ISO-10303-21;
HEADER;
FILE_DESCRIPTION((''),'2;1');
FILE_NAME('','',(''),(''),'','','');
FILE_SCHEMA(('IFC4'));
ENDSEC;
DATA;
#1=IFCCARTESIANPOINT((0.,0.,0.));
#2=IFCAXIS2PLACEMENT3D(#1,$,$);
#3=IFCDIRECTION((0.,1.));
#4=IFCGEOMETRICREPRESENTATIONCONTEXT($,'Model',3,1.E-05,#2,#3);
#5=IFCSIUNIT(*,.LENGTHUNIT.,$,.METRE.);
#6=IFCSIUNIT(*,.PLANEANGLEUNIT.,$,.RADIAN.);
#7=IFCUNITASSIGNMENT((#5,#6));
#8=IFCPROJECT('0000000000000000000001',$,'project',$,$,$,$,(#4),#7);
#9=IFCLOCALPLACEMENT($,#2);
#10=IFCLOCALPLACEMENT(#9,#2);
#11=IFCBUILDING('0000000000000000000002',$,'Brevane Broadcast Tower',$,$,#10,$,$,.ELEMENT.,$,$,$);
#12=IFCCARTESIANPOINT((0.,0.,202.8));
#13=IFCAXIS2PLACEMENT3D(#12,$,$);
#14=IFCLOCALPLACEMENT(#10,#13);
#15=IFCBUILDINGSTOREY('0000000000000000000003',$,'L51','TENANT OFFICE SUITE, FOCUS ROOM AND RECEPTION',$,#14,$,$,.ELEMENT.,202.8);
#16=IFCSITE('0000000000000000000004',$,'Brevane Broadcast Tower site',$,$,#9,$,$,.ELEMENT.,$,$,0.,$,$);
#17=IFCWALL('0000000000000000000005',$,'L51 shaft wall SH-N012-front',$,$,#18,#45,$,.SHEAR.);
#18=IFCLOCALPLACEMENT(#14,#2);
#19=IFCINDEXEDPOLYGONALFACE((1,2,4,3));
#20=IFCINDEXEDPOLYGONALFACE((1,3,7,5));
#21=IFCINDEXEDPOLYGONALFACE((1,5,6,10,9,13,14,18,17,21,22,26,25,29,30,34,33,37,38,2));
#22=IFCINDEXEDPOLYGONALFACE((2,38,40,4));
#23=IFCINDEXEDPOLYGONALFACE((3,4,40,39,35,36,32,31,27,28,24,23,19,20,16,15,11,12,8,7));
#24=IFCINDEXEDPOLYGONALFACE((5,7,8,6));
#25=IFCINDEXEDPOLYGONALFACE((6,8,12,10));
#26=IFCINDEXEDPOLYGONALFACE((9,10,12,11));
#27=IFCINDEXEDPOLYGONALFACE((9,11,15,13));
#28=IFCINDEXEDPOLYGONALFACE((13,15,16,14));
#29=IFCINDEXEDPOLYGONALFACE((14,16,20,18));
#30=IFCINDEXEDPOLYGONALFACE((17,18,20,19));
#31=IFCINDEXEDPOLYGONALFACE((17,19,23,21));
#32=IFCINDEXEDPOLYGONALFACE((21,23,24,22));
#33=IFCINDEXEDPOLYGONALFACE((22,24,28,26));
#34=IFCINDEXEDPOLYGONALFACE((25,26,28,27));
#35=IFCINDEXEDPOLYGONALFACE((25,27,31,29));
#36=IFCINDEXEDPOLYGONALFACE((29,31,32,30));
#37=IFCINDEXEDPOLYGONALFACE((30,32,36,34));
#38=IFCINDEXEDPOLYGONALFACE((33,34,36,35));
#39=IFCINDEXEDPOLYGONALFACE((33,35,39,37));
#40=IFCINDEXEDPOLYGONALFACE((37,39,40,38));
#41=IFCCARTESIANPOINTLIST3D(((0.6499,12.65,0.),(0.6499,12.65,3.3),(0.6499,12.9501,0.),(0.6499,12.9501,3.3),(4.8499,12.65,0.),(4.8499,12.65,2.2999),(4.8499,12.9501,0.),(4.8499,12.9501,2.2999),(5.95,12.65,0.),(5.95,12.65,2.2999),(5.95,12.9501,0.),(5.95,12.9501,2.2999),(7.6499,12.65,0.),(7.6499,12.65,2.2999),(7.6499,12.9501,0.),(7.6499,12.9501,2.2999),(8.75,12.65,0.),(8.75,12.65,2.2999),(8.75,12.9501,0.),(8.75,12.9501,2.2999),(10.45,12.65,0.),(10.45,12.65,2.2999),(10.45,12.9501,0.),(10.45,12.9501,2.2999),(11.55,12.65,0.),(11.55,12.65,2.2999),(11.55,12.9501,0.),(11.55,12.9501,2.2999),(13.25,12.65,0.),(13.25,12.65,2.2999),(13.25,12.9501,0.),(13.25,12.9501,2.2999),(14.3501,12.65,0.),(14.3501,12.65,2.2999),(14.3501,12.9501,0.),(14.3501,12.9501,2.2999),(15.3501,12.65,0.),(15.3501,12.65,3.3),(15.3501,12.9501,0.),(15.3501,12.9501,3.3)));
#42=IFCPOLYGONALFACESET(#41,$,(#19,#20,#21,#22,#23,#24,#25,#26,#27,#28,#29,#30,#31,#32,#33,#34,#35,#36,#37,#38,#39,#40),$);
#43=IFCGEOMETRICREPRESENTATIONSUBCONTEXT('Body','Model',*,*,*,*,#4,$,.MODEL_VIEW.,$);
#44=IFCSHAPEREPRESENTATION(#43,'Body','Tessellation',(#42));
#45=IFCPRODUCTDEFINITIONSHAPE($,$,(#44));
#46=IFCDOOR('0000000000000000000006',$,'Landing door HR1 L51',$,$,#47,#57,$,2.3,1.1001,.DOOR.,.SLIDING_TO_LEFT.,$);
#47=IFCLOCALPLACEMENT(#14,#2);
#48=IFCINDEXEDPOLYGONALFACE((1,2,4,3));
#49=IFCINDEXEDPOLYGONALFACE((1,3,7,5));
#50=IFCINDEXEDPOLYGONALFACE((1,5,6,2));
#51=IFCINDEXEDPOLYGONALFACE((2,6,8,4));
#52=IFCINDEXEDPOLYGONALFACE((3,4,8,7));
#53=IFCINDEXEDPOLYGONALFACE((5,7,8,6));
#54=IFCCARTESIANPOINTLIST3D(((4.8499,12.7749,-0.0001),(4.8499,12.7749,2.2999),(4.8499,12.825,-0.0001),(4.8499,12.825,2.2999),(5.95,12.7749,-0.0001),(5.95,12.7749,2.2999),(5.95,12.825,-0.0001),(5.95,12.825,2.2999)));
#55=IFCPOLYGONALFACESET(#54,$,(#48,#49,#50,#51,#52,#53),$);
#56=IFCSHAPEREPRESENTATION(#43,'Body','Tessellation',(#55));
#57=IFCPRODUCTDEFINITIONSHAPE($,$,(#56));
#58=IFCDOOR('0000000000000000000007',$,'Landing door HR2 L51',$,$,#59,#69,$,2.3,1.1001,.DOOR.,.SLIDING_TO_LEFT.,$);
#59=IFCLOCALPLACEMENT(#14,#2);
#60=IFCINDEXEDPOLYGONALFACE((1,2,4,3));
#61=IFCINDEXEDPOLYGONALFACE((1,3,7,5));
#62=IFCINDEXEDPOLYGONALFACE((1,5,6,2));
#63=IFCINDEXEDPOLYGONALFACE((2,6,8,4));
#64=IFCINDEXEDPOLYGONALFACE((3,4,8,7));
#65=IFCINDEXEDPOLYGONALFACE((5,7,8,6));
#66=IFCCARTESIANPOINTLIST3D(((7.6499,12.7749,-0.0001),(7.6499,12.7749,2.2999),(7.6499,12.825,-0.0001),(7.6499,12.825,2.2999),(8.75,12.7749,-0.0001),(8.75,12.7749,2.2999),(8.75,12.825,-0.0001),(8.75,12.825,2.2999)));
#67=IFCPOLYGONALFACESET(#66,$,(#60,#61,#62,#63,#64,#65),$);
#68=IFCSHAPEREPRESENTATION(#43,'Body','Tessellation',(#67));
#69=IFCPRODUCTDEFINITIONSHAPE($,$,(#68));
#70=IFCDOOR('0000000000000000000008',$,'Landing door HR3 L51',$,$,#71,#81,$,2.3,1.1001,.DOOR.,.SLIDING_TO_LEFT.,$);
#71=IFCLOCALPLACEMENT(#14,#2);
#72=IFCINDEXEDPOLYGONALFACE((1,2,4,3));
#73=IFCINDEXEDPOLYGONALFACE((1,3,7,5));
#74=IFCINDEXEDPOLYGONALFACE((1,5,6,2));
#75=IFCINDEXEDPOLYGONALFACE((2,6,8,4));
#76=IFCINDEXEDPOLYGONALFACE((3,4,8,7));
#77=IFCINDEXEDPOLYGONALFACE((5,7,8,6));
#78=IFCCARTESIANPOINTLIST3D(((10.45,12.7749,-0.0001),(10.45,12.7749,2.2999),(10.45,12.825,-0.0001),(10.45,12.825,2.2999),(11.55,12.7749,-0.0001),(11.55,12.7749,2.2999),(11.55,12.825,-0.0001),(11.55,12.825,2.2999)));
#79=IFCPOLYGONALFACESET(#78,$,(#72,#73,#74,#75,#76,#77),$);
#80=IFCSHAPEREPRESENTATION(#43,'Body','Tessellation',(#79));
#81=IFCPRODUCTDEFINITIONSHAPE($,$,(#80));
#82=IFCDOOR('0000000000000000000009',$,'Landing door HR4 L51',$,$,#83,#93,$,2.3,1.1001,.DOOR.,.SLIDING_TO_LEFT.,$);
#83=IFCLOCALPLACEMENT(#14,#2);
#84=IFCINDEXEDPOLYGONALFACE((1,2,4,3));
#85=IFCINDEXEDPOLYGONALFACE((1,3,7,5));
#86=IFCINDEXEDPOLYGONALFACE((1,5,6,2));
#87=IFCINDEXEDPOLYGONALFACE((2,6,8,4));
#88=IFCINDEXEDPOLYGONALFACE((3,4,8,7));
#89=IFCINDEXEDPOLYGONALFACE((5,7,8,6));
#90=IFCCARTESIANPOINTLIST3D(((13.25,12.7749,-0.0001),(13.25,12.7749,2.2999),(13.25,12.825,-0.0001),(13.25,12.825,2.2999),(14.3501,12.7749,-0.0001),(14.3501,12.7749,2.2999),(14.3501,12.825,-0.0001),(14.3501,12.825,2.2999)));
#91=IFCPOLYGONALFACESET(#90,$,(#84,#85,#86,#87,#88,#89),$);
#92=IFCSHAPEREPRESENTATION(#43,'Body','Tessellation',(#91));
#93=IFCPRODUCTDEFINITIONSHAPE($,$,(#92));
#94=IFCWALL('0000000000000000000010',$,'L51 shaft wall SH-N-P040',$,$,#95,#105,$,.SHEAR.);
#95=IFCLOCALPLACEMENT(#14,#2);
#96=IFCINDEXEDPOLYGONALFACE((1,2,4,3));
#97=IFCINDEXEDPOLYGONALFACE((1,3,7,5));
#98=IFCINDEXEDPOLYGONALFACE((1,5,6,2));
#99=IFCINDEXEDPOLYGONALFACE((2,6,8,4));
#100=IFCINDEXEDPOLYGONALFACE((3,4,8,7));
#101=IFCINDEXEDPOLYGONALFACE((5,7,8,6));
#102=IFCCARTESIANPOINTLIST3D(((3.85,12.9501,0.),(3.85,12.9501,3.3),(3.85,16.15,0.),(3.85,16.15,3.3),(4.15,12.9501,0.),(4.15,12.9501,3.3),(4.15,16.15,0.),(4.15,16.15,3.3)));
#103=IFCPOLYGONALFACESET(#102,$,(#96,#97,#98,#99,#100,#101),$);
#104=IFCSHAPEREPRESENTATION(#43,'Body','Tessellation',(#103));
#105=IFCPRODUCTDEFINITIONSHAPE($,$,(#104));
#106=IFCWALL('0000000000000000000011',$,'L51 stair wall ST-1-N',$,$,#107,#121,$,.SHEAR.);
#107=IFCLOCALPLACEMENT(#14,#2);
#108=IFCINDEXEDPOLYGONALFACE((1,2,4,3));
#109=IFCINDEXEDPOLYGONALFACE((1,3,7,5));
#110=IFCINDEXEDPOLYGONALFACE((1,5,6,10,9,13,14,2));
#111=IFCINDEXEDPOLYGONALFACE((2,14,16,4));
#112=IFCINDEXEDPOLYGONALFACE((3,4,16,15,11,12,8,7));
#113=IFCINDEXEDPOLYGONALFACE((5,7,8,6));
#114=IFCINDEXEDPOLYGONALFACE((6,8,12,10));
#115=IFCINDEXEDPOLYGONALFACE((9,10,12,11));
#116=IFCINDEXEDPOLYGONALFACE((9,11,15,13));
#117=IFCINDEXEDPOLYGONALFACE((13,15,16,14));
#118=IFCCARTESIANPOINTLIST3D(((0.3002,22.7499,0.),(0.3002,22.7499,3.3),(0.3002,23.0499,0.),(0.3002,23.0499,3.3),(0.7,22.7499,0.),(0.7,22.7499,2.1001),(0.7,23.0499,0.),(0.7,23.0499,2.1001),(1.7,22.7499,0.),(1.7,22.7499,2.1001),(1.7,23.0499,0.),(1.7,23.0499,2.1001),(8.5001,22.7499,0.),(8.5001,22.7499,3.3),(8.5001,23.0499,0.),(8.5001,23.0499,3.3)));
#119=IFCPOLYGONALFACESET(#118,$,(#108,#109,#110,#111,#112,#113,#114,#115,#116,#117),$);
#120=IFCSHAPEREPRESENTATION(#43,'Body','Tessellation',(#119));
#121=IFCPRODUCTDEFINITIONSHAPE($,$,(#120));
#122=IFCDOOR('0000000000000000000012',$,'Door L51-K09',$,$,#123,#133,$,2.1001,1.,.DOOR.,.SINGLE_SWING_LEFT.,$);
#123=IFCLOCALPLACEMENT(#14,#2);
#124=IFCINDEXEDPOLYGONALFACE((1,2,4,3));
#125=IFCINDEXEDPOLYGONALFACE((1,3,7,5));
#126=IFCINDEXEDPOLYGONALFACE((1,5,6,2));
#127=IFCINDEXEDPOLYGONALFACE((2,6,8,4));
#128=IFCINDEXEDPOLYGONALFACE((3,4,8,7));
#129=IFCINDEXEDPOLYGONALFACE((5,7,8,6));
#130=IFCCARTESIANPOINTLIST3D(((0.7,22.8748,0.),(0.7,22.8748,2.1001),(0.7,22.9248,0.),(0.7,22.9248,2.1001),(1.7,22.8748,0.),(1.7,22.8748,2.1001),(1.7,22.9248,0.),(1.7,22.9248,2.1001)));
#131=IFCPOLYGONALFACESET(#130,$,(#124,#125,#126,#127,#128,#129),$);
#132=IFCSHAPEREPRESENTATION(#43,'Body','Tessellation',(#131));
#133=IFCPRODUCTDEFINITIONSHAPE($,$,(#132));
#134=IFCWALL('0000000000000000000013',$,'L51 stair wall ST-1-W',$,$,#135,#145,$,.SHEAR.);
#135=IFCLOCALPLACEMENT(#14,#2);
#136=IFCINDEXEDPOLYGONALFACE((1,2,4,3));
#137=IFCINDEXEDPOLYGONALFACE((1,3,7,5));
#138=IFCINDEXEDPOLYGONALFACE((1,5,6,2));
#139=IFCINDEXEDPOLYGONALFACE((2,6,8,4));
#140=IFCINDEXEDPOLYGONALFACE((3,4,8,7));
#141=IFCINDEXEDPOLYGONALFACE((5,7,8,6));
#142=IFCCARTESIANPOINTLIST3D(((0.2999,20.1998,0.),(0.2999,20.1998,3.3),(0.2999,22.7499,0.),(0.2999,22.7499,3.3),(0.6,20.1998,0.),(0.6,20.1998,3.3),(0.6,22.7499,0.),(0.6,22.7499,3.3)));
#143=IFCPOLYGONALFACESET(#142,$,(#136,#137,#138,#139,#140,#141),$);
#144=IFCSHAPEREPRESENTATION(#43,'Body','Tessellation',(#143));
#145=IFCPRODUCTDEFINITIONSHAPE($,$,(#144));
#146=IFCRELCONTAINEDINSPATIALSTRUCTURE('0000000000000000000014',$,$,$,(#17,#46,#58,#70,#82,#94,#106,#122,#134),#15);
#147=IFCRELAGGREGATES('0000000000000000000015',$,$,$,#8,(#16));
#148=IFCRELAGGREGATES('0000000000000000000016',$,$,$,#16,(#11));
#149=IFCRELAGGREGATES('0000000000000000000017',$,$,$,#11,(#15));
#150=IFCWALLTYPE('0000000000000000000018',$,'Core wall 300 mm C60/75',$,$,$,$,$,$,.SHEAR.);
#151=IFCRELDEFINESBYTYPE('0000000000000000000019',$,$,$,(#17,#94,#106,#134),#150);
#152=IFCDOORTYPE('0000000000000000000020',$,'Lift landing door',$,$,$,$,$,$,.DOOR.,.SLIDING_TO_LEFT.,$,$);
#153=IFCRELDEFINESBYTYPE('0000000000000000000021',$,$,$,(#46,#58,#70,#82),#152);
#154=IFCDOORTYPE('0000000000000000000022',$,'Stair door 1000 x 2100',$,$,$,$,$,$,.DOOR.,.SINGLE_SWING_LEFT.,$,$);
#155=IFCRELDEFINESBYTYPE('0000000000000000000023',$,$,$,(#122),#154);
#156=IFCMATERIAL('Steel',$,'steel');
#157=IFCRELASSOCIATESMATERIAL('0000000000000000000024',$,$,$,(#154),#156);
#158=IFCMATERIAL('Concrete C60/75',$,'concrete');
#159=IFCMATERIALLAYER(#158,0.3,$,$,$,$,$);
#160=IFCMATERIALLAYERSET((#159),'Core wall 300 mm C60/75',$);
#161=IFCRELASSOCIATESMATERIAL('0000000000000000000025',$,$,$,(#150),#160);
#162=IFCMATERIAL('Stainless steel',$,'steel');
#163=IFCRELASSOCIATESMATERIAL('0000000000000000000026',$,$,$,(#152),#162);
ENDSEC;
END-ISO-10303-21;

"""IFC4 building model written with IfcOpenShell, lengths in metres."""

from ifc_helpers import new_model, si_unit, direction, frame, frame_2d, origin, place, context, subcontext, project, spatial, rectangle, extrude, material, layer, layer_set, type_object, element, fill, save


model = new_model("IFC4")

# Units and contexts
model_context = context("Model", 3, precision=1e-05, world=origin(), true_north=direction((0.0, 1.0)))
body_context = subcontext(model_context, "Body", "Model", "MODEL_VIEW")
ifc_project = project(units=[si_unit("LENGTHUNIT", "METRE"), si_unit("PLANEANGLEUNIT", "RADIAN")], contexts=[model_context])

# Site, building, storey
site_placement = place(None, origin())
site = spatial("IfcSite", under=ifc_project, at=site_placement, Name="Brevane Broadcast Tower site", CompositionType="ELEMENT", RefElevation=0.0)
building_placement = place(site_placement, origin())
building = spatial("IfcBuilding", under=site, at=building_placement, Name="Brevane Broadcast Tower", CompositionType="ELEMENT")
storey_placement = place(building_placement, frame((0.0, 0.0, 202.8)))
storey = spatial("IfcBuildingStorey", under=building, at=storey_placement, Name="L51", Description="TENANT OFFICE SUITE, FOCUS ROOM AND RECEPTION", CompositionType="ELEMENT", Elevation=202.8)

# Shared definitions
ifc_material_1 = material(Name="Concrete C60/75", Category="concrete")

# Shared definitions
ifc_material_2 = material(Name="Steel", Category="steel")
door_type_1 = type_object("IfcDoorType", Name="Stair door 1000 x 2100", OperationType="SINGLE_SWING_LEFT", PredefinedType="DOOR", material=ifc_material_2)

# Wall, openings, doors
ifc_layer_1 = layer(ifc_material_1, 0.3)
ifc_layer_set_1 = layer_set([ifc_layer_1], Name="Core wall 300 mm C60/75")
wall_type_1 = type_object("IfcWallType", Name="Core wall 300 mm C60/75", PredefinedType="SHEAR", material=ifc_layer_set_1)
wall_1_placement = place(storey_placement, frame((0.6499, 12.8, 0.0), z_axis=(0.0, 0.0, 1.0), x_axis=(1.0, 0.0, 0.0)))
wall_1 = element("IfcWall", 1, at=wall_1_placement, inside=storey, type_object=wall_type_1, Name="L51 shaft wall SH-N012-front", PredefinedType="SHEAR", context=body_context, shape_type="SweptSolid", body=[
    extrude(rectangle(XDim=14.7002, YDim=0.3, at=frame_2d((7.3501, 0.0))), origin(), (0.0, 0.0, 1.0), 3.3),
])
opening_1_placement = place(wall_1_placement, frame((4.2, 0.0, 0.0)))
opening_1 = element("IfcOpeningElement", 2, at=opening_1_placement, cuts=wall_1, PredefinedType="OPENING", context=body_context, shape_type="SweptSolid", body=[
    extrude(rectangle(XDim=1.1001, YDim=2.3, at=frame_2d((0.55, 1.1499))), frame((0.0, 0.1599, 0.0), z_axis=(0.0, -1.0, 0.0), x_axis=(1.0, 0.0, 0.0)), (0.0, 0.0, 1.0), 0.3201),
])
opening_2_placement = place(wall_1_placement, frame((7.0, 0.0, 0.0)))
opening_2 = element("IfcOpeningElement", 3, at=opening_2_placement, cuts=wall_1, PredefinedType="OPENING", context=body_context, shape_type="SweptSolid", body=[
    extrude(rectangle(XDim=1.1001, YDim=2.3, at=frame_2d((0.55, 1.1499))), frame((0.0, 0.1599, 0.0), z_axis=(0.0, -1.0, 0.0), x_axis=(1.0, 0.0, 0.0)), (0.0, 0.0, 1.0), 0.3201),
])
opening_3_placement = place(wall_1_placement, frame((9.8, 0.0, 0.0)))
opening_3 = element("IfcOpeningElement", 4, at=opening_3_placement, cuts=wall_1, PredefinedType="OPENING", context=body_context, shape_type="SweptSolid", body=[
    extrude(rectangle(XDim=1.1001, YDim=2.3, at=frame_2d((0.55, 1.1499))), frame((0.0, 0.1599, 0.0), z_axis=(0.0, -1.0, 0.0), x_axis=(1.0, 0.0, 0.0)), (0.0, 0.0, 1.0), 0.3201),
])
opening_4_placement = place(wall_1_placement, frame((12.6001, 0.0, 0.0)))
opening_4 = element("IfcOpeningElement", 5, at=opening_4_placement, cuts=wall_1, PredefinedType="OPENING", context=body_context, shape_type="SweptSolid", body=[
    extrude(rectangle(XDim=1.1001, YDim=2.3, at=frame_2d((0.55, 1.1499))), frame((0.0, 0.1599, 0.0), z_axis=(0.0, -1.0, 0.0), x_axis=(1.0, 0.0, 0.0)), (0.0, 0.0, 1.0), 0.3201),
])
ifc_material_3 = material(Name="Stainless steel", Category="steel")
door_type_2 = type_object("IfcDoorType", Name="Lift landing door", OperationType="SLIDING_TO_LEFT", PredefinedType="DOOR", material=ifc_material_3)
door_1_placement = place(opening_1_placement, origin())
door_1 = element("IfcDoor", 6, at=door_1_placement, inside=storey, type_object=door_type_2, Name="Landing door HR1 L51", OperationType="SLIDING_TO_LEFT", OverallHeight=2.3, OverallWidth=1.1001, PredefinedType="DOOR", context=body_context, shape_type="SweptSolid", body=[
    extrude(rectangle(XDim=1.1001, YDim=2.3, at=frame_2d((0.55, 1.1499))), frame((0.0, 0.0249, 0.0), z_axis=(0.0, -1.0, 0.0), x_axis=(1.0, 0.0, 0.0)), (0.0, 0.0, 1.0), 0.05),
])
fill(opening_1, door_1)
door_2_placement = place(opening_2_placement, origin())
door_2 = element("IfcDoor", 7, at=door_2_placement, inside=storey, type_object=door_type_2, Name="Landing door HR2 L51", OperationType="SLIDING_TO_LEFT", OverallHeight=2.3, OverallWidth=1.1001, PredefinedType="DOOR", context=body_context, shape_type="SweptSolid", body=[
    extrude(rectangle(XDim=1.1001, YDim=2.3, at=frame_2d((0.55, 1.1499))), frame((0.0, 0.0249, 0.0), z_axis=(0.0, -1.0, 0.0), x_axis=(1.0, 0.0, 0.0)), (0.0, 0.0, 1.0), 0.05),
])
fill(opening_2, door_2)
door_3_placement = place(opening_3_placement, origin())
door_3 = element("IfcDoor", 8, at=door_3_placement, inside=storey, type_object=door_type_2, Name="Landing door HR3 L51", OperationType="SLIDING_TO_LEFT", OverallHeight=2.3, OverallWidth=1.1001, PredefinedType="DOOR", context=body_context, shape_type="SweptSolid", body=[
    extrude(rectangle(XDim=1.1001, YDim=2.3, at=frame_2d((0.55, 1.1499))), frame((0.0, 0.0249, 0.0), z_axis=(0.0, -1.0, 0.0), x_axis=(1.0, 0.0, 0.0)), (0.0, 0.0, 1.0), 0.05),
])
fill(opening_3, door_3)
door_4_placement = place(opening_4_placement, origin())
door_4 = element("IfcDoor", 9, at=door_4_placement, inside=storey, type_object=door_type_2, Name="Landing door HR4 L51", OperationType="SLIDING_TO_LEFT", OverallHeight=2.3, OverallWidth=1.1001, PredefinedType="DOOR", context=body_context, shape_type="SweptSolid", body=[
    extrude(rectangle(XDim=1.1001, YDim=2.3, at=frame_2d((0.55, 1.1499))), frame((0.0, 0.0249, 0.0), z_axis=(0.0, -1.0, 0.0), x_axis=(1.0, 0.0, 0.0)), (0.0, 0.0, 1.0), 0.05),
])
fill(opening_4, door_4)

# Wall
wall_2_placement = place(storey_placement, frame((4.0, 12.95, 0.0), z_axis=(0.0, 0.0, 1.0), x_axis=(0.0, 1.0, 0.0)))
element("IfcWall", 10, at=wall_2_placement, inside=storey, type_object=wall_type_1, Name="L51 shaft wall SH-N-P040", PredefinedType="SHEAR", context=body_context, shape_type="SweptSolid", body=[
    extrude(rectangle(XDim=3.2, YDim=0.3, at=frame_2d((1.6001, 0.0))), origin(), (0.0, 0.0, 1.0), 3.3),
])

# Wall, opening, door
wall_3_placement = place(storey_placement, frame((0.3, 22.8999, 0.0), z_axis=(0.0, 0.0, 1.0), x_axis=(1.0, 0.0, 0.0)))
wall_3 = element("IfcWall", 11, at=wall_3_placement, inside=storey, type_object=wall_type_1, Name="L51 stair wall ST-1-N", PredefinedType="SHEAR", context=body_context, shape_type="SweptSolid", body=[
    extrude(rectangle(XDim=8.2, YDim=0.3, at=frame_2d((4.1001, 0.0))), origin(), (0.0, 0.0, 1.0), 3.3),
])
opening_5_placement = place(wall_3_placement, frame((0.3999, 0.0, 0.0)))
opening_5 = element("IfcOpeningElement", 12, at=opening_5_placement, cuts=wall_3, PredefinedType="OPENING", context=body_context, shape_type="SweptSolid", body=[
    extrude(rectangle(XDim=1.0, YDim=2.1001, at=frame_2d((0.5, 1.05))), frame((0.0, 0.1599, 0.0), z_axis=(0.0, -1.0, 0.0), x_axis=(1.0, 0.0, 0.0)), (0.0, 0.0, 1.0), 0.3201),
])
door_5_placement = place(opening_5_placement, origin())
door_5 = element("IfcDoor", 13, at=door_5_placement, inside=storey, type_object=door_type_1, Name="Door L51-K09", OperationType="SINGLE_SWING_LEFT", OverallHeight=2.1001, OverallWidth=1.0, PredefinedType="DOOR", context=body_context, shape_type="SweptSolid", body=[
    extrude(rectangle(XDim=1.0, YDim=2.1001, at=frame_2d((0.5, 1.05))), frame((0.0, 0.0249, 0.0), z_axis=(0.0, -1.0, 0.0), x_axis=(1.0, 0.0, 0.0)), (0.0, 0.0, 1.0), 0.05),
])
fill(opening_5, door_5)

# Wall
wall_4_placement = place(storey_placement, frame((0.45, 20.2, 0.0), z_axis=(0.0, 0.0, 1.0), x_axis=(0.0, 1.0, 0.0)))
element("IfcWall", 14, at=wall_4_placement, inside=storey, type_object=wall_type_1, Name="L51 stair wall ST-1-W", PredefinedType="SHEAR", context=body_context, shape_type="SweptSolid", body=[
    extrude(rectangle(XDim=2.55, YDim=0.3, at=frame_2d((1.2749, 0.0))), origin(), (0.0, 0.0, 1.0), 3.3),
])

save(model, "model.ifc")
